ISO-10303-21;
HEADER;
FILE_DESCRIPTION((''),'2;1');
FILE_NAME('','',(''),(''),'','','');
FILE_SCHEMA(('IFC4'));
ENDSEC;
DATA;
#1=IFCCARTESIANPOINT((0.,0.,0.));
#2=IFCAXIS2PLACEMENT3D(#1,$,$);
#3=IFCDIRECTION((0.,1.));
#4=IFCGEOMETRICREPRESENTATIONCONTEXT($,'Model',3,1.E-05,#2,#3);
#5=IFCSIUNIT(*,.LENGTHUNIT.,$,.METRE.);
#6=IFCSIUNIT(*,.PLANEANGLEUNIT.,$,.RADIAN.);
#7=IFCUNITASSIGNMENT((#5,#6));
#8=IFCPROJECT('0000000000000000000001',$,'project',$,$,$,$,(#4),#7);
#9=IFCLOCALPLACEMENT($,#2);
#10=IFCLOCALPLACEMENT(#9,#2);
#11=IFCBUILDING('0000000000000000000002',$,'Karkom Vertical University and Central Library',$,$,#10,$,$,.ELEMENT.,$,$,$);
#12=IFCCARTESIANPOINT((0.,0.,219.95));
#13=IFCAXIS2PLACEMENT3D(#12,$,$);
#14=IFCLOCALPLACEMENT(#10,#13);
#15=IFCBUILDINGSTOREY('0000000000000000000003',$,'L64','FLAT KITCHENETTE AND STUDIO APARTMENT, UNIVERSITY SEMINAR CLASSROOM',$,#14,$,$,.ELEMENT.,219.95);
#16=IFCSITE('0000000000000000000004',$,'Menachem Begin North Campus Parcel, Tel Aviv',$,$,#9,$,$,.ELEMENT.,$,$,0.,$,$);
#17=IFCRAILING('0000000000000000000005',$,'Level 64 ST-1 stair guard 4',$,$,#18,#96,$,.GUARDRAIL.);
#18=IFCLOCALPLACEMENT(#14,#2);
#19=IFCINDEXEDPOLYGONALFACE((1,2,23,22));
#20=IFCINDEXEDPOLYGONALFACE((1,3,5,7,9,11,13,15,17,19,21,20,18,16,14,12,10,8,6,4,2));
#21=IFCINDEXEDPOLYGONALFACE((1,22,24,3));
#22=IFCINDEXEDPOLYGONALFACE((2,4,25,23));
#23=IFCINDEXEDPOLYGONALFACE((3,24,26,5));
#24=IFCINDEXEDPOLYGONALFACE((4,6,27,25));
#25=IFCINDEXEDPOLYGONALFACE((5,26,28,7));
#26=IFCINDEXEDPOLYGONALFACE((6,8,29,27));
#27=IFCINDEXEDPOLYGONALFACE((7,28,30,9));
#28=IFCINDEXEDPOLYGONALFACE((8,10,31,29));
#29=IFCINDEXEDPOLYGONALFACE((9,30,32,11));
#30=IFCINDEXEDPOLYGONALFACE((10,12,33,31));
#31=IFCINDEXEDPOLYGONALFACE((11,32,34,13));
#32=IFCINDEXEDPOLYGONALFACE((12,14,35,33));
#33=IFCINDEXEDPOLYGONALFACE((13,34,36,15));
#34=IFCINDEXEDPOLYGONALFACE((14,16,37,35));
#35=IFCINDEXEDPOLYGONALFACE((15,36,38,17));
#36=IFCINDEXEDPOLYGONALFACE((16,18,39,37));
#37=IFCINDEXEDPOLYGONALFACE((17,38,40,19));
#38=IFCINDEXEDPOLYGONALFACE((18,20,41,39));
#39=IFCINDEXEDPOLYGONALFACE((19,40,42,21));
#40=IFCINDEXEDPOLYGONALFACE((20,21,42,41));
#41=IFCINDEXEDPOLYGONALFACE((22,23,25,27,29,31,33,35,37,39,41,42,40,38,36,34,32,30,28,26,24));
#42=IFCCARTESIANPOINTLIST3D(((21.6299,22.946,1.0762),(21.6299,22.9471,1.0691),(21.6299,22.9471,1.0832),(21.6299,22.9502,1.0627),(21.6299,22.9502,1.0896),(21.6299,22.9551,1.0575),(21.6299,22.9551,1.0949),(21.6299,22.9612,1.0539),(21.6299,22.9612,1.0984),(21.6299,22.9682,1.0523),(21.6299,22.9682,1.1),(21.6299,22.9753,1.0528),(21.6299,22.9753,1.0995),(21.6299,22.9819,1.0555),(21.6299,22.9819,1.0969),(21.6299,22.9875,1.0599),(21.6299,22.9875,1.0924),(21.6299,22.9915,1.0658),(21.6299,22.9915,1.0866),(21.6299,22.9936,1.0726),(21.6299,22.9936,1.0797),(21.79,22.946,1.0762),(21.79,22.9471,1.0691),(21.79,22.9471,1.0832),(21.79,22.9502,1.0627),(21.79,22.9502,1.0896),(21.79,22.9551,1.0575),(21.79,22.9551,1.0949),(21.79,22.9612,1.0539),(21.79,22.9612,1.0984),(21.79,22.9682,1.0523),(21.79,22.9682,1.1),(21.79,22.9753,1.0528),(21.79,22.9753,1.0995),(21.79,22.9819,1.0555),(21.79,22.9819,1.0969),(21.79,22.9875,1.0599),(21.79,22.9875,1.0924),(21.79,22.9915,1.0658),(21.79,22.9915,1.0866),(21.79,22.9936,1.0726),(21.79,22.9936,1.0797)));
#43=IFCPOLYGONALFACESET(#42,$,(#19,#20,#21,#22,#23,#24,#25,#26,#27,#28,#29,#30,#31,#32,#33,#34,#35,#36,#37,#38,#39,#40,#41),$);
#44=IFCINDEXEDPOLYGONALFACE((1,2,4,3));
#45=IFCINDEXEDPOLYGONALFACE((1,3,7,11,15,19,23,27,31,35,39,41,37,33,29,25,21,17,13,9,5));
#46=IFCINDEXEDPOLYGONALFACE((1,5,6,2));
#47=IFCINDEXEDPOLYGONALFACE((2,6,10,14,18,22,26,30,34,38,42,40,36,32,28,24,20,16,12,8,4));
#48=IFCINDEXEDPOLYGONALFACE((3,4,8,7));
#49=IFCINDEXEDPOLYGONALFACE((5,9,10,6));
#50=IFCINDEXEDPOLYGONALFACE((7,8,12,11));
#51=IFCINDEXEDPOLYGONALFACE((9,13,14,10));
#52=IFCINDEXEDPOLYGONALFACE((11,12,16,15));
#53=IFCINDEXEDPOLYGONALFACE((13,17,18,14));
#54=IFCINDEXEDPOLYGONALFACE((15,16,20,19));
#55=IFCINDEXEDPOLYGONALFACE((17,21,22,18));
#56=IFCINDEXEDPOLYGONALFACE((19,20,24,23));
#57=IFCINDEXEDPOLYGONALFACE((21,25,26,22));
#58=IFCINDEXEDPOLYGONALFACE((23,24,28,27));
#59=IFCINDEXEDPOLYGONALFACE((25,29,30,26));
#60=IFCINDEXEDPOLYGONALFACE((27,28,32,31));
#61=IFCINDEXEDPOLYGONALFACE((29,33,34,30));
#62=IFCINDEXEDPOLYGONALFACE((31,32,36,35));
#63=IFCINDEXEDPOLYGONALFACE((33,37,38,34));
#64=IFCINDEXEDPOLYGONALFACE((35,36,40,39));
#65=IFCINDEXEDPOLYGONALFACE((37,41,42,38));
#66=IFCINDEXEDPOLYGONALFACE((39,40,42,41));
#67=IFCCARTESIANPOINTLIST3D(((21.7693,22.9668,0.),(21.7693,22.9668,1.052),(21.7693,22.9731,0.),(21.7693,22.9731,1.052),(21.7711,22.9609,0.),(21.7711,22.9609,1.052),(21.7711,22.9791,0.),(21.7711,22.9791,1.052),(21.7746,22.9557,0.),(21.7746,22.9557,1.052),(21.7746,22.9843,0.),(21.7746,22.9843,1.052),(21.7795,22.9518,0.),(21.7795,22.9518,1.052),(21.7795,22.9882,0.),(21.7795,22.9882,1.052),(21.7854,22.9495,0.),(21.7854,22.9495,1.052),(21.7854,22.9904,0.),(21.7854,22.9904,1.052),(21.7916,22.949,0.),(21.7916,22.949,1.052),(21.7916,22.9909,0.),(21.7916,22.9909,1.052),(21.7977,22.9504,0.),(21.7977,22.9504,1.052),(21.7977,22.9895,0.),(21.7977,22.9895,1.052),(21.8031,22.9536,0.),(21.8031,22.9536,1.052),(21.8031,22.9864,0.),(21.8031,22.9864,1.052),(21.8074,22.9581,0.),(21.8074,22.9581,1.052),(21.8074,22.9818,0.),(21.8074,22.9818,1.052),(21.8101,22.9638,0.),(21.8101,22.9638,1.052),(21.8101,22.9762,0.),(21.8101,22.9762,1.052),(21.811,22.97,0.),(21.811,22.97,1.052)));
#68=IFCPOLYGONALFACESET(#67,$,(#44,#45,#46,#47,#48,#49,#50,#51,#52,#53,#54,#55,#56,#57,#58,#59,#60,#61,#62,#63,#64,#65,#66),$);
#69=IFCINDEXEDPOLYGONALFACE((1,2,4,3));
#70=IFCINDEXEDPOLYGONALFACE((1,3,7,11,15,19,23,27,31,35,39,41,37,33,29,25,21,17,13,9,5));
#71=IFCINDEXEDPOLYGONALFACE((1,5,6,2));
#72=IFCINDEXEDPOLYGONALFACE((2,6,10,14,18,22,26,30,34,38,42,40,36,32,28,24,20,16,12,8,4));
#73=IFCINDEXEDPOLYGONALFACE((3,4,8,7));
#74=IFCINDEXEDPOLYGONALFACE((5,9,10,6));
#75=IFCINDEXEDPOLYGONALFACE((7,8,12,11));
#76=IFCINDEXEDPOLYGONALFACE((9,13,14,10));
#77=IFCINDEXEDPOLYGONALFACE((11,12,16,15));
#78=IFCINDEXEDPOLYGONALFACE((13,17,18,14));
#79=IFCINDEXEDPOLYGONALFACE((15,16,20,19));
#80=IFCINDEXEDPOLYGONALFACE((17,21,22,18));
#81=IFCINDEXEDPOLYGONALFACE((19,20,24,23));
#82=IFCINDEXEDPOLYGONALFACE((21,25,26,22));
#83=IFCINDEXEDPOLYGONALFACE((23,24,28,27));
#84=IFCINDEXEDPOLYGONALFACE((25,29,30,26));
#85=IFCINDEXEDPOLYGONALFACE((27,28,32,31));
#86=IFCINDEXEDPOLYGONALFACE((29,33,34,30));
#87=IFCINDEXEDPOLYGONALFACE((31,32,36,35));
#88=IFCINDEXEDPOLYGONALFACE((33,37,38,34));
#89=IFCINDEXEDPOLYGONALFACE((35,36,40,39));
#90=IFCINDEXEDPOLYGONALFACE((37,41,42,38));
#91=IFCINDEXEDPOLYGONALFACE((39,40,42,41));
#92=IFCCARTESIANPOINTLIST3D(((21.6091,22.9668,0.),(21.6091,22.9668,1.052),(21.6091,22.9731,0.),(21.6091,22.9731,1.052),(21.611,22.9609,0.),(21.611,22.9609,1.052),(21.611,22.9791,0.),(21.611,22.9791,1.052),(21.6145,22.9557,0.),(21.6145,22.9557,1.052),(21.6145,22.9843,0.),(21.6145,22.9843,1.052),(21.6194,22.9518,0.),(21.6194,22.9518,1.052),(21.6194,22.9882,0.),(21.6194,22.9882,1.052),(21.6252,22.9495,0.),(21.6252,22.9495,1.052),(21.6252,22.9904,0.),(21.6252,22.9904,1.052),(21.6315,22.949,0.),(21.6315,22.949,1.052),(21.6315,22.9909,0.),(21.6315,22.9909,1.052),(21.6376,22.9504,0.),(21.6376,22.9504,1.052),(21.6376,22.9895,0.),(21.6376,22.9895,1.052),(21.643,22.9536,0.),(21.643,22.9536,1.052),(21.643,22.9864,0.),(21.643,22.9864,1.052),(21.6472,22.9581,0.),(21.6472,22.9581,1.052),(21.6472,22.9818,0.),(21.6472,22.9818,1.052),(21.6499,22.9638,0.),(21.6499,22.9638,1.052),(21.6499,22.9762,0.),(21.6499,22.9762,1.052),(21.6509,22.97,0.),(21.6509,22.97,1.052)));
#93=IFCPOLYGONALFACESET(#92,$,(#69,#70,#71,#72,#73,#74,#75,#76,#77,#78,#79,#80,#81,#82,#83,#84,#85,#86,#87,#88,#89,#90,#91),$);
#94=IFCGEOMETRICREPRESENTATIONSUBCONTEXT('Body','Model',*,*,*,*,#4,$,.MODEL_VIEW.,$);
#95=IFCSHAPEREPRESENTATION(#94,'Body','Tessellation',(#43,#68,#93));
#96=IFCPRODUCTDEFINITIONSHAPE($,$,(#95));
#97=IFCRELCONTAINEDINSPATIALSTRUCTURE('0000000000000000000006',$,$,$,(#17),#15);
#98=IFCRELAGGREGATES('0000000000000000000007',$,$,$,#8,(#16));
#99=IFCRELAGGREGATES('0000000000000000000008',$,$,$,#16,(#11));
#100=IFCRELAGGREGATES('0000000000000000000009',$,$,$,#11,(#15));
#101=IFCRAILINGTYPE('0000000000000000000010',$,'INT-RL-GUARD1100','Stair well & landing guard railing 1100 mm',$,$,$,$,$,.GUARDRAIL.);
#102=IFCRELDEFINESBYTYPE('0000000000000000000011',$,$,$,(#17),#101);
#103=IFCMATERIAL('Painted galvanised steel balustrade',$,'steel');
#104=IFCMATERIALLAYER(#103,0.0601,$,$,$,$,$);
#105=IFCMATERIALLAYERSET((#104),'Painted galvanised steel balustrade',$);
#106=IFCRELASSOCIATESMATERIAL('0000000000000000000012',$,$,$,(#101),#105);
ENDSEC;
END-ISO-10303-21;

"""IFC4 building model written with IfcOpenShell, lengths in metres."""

from ifc_helpers import new_model, si_unit, direction, frame, origin, origin_2d, place, context, subcontext, project, spatial, circle, extrude, material, layer, layer_set, type_object, element, save


model = new_model("IFC4")

# Units and contexts
model_context = context("Model", 3, precision=1e-05, world=origin(), true_north=direction((0.0, 1.0)))
body_context = subcontext(model_context, "Body", "Model", "MODEL_VIEW")
ifc_project = project(units=[si_unit("LENGTHUNIT", "METRE"), si_unit("PLANEANGLEUNIT", "RADIAN")], contexts=[model_context])

# Site, building, storey
site_placement = place(None, origin())
site = spatial("IfcSite", under=ifc_project, at=site_placement, Name="Menachem Begin North Campus Parcel, Tel Aviv", CompositionType="ELEMENT", RefElevation=0.0)
building_placement = place(site_placement, origin())
building = spatial("IfcBuilding", under=site, at=building_placement, Name="Karkom Vertical University and Central Library", CompositionType="ELEMENT")
storey_placement = place(building_placement, frame((0.0, 0.0, 219.95)))
storey = spatial("IfcBuildingStorey", under=building, at=storey_placement, Name="L64", Description="FLAT KITCHENETTE AND STUDIO APARTMENT, UNIVERSITY SEMINAR CLASSROOM", CompositionType="ELEMENT", Elevation=219.95)

# Railing
ifc_material_1 = material(Name="Painted galvanised steel balustrade", Category="steel")
ifc_layer_1 = layer(ifc_material_1, 0.0601)
ifc_layer_set_1 = layer_set([ifc_layer_1], Name="Painted galvanised steel balustrade")
railing_type_1 = type_object("IfcRailingType", Name="INT-RL-GUARD1100", Description="Stair well & landing guard railing 1100 mm", PredefinedType="GUARDRAIL", material=ifc_layer_set_1)
railing_1_placement = place(storey_placement, frame((21.79, 22.97, 0.0)))
element("IfcRailing", 1, at=railing_1_placement, inside=storey, type_object=railing_type_1, Name="Level 64 ST-1 stair guard 4", PredefinedType="GUARDRAIL", context=body_context, shape_type="SweptSolid", body=[
    extrude(circle(Radius=0.0239, at=origin_2d()), frame((0.0, 0.0, 1.0762), z_axis=(-1.0, 0.0, 0.0), x_axis=(0.0, -1.0, 0.0)), (0.0, 0.0, 1.0), 0.1602),
    extrude(circle(Radius=0.021, at=origin_2d()), origin(), (0.0, 0.0, 1.0), 1.052),
    extrude(circle(Radius=0.021, at=origin_2d()), frame((-0.1602, 0.0, 0.0)), (0.0, 0.0, 1.0), 1.052),
])

save(model, "model.ifc")
